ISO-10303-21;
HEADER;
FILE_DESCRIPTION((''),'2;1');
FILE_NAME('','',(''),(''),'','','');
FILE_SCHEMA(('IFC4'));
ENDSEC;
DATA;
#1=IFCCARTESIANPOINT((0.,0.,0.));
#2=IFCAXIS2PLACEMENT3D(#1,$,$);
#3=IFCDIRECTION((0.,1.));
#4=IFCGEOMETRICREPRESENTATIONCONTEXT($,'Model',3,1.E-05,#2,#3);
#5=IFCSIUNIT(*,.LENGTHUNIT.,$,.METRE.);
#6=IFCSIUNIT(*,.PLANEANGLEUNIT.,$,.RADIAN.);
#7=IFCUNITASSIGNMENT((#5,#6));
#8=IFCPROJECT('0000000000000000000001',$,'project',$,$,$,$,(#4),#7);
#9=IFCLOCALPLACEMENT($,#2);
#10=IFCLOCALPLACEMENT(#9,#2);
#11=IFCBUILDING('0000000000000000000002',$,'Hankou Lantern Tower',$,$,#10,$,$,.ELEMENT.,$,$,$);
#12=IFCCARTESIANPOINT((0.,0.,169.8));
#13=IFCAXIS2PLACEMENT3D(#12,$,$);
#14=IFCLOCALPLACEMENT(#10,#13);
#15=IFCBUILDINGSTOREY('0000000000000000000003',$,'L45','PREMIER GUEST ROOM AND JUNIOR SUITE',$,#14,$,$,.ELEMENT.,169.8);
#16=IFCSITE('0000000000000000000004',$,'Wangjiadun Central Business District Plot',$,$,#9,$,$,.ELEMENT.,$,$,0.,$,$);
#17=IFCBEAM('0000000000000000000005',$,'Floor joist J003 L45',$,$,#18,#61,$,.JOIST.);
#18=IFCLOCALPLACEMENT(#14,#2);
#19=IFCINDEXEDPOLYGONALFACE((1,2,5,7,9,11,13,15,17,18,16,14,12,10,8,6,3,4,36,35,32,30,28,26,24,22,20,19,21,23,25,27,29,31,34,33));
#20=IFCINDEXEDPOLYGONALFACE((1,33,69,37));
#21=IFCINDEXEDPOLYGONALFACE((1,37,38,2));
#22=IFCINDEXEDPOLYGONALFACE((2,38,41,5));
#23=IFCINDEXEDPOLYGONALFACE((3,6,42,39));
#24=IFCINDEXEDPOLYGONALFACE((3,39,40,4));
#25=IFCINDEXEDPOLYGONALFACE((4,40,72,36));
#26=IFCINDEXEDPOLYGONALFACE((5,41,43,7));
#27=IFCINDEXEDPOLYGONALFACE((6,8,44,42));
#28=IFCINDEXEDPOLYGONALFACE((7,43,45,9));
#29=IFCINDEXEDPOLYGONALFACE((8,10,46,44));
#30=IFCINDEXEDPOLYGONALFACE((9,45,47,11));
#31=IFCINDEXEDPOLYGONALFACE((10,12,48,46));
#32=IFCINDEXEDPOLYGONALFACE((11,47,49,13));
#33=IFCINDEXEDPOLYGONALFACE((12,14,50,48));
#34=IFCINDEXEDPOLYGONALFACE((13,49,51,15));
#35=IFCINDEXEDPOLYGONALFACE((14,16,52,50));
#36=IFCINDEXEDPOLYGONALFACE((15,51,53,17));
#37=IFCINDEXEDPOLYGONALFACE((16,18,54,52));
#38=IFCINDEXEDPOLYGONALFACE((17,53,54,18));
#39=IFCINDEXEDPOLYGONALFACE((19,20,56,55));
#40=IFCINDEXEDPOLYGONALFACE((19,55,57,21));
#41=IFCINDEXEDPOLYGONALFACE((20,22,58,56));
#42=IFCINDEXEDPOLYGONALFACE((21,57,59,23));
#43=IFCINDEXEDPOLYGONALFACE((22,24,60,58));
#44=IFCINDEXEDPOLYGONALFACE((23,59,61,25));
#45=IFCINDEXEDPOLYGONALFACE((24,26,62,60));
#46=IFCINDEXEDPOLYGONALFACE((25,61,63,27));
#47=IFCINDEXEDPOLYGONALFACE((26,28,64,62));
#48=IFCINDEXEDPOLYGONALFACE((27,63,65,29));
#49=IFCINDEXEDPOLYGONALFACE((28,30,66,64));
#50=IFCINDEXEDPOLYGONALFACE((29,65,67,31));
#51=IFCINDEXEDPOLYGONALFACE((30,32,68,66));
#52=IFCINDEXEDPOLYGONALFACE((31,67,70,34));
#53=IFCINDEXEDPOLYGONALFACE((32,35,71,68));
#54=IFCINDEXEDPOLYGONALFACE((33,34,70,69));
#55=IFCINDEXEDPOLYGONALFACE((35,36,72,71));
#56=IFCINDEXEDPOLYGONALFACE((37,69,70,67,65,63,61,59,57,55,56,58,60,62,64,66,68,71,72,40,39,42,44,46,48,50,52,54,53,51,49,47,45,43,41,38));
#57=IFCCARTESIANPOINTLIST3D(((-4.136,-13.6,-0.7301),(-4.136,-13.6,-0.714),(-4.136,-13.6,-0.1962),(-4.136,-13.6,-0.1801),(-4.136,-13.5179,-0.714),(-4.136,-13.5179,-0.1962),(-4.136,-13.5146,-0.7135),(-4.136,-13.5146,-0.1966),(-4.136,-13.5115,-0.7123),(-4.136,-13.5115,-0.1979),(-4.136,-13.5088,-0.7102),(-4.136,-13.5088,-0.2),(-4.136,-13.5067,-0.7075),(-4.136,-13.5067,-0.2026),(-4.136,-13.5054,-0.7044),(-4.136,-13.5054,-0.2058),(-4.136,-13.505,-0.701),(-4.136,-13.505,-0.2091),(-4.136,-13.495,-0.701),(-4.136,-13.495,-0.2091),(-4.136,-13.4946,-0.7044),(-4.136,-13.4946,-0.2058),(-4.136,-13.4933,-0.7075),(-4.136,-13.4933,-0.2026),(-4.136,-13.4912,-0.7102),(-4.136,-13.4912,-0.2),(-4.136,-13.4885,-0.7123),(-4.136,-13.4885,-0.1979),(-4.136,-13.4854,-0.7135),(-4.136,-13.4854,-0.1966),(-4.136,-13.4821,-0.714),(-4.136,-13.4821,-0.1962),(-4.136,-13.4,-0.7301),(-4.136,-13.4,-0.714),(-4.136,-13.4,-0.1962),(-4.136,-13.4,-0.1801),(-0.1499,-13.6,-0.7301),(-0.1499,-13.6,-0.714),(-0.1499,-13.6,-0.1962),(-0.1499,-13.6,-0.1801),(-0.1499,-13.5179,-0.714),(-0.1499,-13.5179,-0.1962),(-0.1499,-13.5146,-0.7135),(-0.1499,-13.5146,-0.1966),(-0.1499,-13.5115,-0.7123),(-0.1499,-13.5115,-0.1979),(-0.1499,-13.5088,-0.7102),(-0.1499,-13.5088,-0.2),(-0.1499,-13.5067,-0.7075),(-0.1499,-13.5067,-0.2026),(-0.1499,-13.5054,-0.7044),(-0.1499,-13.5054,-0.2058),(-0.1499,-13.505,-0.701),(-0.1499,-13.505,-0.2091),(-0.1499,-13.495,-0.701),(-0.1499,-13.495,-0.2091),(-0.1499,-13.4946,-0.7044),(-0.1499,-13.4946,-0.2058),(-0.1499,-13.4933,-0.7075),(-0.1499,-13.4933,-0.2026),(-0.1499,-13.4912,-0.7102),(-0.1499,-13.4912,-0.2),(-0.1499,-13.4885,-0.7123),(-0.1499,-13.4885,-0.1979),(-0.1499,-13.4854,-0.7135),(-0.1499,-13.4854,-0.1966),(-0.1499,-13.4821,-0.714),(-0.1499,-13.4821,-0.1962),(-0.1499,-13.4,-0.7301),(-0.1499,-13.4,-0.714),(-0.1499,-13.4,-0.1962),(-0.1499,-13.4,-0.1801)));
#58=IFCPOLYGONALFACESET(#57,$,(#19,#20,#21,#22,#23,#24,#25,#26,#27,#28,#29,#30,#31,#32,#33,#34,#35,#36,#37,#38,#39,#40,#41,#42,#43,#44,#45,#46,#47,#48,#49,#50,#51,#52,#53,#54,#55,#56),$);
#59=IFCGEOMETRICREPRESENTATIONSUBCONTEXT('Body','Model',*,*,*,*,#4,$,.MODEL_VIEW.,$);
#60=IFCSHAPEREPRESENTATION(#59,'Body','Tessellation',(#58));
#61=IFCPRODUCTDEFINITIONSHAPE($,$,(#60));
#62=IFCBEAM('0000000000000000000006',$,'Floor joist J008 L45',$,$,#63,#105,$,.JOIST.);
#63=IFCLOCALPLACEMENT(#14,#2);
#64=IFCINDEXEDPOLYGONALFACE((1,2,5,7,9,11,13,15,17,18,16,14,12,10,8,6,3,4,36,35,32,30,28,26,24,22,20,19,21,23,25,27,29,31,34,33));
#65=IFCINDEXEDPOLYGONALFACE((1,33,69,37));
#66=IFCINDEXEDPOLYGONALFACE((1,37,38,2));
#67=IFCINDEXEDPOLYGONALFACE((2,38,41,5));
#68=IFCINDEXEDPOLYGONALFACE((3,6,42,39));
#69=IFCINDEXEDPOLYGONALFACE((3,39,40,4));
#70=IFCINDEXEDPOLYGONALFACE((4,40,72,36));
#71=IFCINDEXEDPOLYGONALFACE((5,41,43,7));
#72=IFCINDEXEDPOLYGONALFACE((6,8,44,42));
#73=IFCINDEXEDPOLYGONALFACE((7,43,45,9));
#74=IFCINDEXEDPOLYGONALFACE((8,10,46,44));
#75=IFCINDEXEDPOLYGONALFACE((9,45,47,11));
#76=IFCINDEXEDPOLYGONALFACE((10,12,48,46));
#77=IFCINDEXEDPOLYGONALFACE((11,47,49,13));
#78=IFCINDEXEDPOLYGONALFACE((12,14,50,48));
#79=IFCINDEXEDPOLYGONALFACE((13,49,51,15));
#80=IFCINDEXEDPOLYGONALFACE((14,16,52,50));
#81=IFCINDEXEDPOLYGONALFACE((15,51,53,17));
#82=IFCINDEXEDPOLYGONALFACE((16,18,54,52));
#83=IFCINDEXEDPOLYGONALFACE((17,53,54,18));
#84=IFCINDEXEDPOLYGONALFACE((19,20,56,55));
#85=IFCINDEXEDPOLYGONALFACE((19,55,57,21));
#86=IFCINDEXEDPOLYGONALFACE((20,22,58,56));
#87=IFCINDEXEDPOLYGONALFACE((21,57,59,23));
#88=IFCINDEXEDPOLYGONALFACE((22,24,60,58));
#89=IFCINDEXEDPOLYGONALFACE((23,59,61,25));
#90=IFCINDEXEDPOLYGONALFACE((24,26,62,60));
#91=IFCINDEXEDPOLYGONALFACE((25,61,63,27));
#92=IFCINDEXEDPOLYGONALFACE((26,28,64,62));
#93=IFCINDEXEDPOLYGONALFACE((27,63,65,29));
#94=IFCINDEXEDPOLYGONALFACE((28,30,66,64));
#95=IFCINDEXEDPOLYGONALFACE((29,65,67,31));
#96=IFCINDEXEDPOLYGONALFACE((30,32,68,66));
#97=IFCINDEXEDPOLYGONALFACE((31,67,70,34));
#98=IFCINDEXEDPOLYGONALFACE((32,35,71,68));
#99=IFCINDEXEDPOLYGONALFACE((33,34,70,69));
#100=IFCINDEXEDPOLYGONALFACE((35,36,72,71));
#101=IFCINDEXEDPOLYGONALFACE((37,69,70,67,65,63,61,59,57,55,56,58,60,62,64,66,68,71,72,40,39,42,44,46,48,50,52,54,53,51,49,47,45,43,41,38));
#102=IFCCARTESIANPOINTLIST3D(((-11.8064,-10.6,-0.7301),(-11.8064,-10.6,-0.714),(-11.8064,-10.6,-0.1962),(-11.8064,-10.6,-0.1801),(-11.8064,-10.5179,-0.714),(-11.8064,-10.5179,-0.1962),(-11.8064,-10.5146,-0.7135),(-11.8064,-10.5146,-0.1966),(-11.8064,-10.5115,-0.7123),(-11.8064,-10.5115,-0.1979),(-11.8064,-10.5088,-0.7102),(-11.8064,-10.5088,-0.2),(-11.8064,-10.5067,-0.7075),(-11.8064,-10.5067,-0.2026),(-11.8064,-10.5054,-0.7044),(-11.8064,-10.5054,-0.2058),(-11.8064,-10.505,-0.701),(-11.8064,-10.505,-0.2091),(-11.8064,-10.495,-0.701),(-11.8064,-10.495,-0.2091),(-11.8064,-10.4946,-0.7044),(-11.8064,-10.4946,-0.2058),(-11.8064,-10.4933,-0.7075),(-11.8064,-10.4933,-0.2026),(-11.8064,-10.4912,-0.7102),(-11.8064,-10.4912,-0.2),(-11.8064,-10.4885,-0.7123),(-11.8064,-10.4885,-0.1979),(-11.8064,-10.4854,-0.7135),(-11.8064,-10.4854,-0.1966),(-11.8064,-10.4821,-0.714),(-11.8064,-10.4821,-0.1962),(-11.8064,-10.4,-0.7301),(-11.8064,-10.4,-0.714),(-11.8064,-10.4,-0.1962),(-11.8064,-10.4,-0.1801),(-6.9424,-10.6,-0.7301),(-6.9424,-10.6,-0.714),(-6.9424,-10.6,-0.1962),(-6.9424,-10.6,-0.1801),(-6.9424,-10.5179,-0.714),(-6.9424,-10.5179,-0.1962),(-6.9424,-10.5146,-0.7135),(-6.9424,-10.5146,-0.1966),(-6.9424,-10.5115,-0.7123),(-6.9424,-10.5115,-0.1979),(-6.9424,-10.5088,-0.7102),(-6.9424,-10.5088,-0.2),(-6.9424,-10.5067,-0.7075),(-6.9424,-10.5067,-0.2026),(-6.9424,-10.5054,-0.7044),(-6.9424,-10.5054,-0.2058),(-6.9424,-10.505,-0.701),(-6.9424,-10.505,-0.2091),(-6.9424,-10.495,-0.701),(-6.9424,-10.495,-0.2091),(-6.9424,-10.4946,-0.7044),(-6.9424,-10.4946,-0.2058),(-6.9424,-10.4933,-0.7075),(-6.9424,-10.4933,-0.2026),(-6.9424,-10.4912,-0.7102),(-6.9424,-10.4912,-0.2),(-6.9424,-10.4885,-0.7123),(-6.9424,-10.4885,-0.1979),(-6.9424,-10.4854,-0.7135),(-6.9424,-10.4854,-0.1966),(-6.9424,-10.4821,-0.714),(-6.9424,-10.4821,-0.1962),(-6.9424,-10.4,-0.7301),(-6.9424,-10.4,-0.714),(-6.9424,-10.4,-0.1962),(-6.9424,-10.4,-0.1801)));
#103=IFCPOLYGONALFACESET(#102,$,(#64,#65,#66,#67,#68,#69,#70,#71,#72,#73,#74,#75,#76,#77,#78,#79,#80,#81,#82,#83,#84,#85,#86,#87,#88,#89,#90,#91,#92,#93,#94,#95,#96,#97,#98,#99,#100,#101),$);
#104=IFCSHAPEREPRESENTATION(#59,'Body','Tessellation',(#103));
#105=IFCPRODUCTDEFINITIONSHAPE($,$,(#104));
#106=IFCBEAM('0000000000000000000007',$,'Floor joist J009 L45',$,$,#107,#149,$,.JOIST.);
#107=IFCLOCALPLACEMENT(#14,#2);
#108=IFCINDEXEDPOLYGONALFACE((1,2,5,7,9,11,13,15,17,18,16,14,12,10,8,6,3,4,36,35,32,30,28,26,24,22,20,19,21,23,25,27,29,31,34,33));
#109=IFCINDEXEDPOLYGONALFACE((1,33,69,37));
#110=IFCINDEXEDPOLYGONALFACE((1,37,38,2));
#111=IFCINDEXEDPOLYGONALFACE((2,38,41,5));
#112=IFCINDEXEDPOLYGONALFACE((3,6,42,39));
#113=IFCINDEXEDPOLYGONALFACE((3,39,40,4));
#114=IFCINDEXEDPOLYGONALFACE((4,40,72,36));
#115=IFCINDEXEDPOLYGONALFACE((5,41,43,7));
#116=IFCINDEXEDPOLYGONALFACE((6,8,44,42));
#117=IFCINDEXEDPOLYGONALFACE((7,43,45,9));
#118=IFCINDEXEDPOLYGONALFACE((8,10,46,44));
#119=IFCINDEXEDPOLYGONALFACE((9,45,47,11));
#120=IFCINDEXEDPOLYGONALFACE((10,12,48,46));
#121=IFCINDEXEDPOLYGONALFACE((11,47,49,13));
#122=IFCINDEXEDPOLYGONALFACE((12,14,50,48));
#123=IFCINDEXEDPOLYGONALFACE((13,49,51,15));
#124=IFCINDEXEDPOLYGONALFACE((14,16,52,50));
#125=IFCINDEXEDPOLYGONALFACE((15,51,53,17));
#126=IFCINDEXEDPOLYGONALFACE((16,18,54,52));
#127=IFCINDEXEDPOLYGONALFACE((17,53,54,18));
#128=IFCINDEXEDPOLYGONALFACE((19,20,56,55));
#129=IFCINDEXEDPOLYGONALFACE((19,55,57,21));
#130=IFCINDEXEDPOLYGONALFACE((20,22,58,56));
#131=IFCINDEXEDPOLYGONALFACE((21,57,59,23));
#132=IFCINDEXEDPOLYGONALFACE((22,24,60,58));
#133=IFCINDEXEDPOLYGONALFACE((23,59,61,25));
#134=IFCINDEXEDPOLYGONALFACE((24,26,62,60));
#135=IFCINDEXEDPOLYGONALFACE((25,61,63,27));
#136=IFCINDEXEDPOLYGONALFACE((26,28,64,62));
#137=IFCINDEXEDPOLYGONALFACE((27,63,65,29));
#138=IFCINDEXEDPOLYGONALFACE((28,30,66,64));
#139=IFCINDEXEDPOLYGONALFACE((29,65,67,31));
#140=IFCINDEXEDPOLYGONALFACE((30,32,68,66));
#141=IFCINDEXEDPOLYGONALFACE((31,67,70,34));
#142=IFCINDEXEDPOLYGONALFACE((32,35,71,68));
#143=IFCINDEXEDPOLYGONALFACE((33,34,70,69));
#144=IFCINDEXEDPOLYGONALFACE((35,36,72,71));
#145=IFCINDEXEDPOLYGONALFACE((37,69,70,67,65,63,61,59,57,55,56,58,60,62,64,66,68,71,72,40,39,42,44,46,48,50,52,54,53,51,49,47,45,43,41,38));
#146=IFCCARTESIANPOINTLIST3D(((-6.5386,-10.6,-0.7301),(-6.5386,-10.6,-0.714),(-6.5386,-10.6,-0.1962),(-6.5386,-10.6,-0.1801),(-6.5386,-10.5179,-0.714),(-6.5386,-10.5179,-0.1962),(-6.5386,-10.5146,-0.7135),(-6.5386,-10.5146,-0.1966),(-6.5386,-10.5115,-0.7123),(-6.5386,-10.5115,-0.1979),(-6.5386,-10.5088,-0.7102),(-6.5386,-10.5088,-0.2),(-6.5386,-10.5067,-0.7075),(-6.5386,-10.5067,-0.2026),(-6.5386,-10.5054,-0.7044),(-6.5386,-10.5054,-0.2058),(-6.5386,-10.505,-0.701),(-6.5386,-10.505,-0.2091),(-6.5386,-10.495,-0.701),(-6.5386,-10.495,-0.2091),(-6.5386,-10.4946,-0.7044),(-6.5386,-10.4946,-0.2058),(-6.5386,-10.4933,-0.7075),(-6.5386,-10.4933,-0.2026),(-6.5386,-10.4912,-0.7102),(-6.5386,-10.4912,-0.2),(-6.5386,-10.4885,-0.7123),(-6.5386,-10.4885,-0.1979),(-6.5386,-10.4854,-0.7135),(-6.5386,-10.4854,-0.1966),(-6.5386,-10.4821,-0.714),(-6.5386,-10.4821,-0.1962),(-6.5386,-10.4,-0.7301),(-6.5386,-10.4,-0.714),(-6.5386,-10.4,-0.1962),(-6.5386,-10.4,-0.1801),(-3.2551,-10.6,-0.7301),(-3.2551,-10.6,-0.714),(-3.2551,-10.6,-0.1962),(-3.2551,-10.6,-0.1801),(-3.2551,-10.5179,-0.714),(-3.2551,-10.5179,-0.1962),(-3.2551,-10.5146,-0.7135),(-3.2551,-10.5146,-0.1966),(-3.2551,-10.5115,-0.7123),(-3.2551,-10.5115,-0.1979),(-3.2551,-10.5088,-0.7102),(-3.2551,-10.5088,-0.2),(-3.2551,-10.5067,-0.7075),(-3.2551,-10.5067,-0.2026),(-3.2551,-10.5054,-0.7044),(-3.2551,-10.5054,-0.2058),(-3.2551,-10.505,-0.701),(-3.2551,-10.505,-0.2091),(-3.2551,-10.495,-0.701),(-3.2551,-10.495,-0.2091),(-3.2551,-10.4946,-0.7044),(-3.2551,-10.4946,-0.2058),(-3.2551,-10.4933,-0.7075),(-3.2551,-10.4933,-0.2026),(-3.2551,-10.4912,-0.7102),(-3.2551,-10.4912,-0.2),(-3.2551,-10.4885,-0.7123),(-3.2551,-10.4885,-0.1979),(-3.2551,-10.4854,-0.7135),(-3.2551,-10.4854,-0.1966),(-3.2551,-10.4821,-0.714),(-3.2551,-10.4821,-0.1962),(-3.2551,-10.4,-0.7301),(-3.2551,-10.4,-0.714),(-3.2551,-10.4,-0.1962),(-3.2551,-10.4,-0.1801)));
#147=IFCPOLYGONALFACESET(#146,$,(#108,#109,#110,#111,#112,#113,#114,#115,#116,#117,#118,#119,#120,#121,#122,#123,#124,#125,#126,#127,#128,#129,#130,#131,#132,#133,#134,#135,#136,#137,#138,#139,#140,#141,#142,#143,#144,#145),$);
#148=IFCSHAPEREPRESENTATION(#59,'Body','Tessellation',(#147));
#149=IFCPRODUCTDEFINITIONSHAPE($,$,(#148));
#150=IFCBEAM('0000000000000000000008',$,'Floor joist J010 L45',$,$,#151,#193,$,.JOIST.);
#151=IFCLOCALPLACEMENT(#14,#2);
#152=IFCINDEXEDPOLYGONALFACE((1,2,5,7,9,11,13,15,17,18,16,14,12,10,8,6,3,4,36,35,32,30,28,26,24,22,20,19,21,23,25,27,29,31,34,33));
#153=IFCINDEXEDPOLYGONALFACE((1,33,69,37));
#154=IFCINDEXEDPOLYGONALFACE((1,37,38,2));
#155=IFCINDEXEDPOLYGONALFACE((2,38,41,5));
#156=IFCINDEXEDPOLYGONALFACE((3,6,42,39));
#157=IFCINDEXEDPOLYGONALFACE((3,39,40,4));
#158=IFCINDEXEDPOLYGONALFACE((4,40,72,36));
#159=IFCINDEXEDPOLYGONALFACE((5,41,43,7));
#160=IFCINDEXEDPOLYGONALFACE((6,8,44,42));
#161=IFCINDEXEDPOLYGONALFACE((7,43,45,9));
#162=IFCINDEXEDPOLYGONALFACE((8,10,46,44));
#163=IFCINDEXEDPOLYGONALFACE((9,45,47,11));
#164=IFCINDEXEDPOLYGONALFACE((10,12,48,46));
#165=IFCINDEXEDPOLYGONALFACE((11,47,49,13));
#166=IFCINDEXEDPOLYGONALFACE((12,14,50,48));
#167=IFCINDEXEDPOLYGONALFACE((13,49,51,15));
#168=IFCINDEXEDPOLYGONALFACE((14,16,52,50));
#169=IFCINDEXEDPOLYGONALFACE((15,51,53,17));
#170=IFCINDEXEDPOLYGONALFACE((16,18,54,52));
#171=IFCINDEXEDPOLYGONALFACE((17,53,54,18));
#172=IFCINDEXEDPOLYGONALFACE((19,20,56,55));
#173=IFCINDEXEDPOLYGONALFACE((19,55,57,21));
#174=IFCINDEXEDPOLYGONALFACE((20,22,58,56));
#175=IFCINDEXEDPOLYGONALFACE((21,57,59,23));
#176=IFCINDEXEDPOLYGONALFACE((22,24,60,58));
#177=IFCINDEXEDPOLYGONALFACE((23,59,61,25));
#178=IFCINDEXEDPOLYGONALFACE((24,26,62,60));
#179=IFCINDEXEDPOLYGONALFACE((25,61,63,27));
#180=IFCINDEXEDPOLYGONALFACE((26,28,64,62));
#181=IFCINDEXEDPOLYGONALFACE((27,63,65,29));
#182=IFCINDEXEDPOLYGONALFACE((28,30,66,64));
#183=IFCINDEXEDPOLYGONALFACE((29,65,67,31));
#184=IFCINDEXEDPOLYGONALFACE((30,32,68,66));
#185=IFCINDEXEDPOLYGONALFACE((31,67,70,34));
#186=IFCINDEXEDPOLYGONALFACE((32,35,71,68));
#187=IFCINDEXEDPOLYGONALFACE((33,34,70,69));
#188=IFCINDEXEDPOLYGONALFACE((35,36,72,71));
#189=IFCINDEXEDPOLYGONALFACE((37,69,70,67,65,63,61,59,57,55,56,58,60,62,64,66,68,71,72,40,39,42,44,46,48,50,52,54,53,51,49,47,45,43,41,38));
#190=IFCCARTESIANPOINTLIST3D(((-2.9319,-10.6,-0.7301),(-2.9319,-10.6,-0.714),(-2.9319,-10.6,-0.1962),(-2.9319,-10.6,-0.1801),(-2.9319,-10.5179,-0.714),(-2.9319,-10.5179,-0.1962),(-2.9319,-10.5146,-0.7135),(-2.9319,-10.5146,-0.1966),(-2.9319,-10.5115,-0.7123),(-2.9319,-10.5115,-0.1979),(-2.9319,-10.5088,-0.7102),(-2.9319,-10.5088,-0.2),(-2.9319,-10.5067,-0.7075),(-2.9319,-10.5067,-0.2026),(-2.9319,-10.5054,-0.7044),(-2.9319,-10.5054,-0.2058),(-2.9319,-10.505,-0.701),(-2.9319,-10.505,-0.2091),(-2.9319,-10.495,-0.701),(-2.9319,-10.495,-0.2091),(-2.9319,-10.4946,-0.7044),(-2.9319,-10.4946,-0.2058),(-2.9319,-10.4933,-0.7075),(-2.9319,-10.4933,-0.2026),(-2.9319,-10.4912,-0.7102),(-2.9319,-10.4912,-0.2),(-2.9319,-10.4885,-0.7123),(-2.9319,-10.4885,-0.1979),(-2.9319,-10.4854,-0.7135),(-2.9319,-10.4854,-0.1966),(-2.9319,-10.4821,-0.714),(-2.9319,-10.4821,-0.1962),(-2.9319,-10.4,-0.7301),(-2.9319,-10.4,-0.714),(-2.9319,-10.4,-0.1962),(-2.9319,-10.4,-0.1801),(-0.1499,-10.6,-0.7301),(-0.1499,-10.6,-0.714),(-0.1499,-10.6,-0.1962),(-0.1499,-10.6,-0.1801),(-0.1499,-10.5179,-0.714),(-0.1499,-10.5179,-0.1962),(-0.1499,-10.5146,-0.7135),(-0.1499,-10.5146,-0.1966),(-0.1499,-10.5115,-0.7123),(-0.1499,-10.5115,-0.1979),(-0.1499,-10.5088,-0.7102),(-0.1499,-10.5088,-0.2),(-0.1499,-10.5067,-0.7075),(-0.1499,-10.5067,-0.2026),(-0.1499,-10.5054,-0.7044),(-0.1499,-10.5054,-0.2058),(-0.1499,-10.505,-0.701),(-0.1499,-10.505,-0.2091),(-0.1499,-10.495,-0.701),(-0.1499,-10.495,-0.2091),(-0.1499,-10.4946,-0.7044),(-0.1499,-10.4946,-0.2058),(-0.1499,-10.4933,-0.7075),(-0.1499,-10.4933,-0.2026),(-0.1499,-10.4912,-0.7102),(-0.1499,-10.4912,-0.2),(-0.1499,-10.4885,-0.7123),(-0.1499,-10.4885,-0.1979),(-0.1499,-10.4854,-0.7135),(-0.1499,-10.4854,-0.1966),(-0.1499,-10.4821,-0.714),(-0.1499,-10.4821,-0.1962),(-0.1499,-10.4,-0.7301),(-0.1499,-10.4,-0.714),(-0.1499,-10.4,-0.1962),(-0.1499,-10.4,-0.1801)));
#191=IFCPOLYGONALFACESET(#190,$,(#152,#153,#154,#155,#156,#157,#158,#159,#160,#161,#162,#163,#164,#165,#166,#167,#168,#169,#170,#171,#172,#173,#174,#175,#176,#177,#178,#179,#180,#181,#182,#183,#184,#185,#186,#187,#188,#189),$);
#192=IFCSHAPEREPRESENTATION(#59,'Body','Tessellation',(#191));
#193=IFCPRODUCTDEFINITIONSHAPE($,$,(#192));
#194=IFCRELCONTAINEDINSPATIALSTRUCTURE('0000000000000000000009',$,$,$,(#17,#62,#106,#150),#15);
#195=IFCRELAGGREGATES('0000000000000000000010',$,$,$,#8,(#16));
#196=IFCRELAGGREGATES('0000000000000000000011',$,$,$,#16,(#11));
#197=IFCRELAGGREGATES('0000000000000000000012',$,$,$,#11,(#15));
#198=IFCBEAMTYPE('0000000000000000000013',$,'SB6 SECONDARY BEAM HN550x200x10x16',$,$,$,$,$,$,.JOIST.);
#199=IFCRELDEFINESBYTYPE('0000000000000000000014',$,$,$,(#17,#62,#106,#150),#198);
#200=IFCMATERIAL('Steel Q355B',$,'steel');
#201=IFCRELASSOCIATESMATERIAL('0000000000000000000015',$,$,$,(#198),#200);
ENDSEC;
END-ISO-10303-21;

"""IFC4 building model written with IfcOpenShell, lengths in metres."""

from ifc_helpers import new_model, si_unit, direction, frame, origin, origin_2d, place, context, subcontext, project, spatial, i_section, extrude, material, material_profile, profile_set, type_object, element, save


model = new_model("IFC4")

# Units and contexts
model_context = context("Model", 3, precision=1e-05, world=origin(), true_north=direction((0.0, 1.0)))
body_context = subcontext(model_context, "Body", "Model", "MODEL_VIEW")
ifc_project = project(units=[si_unit("LENGTHUNIT", "METRE"), si_unit("PLANEANGLEUNIT", "RADIAN")], contexts=[model_context])

# Site, building, storey
site_placement = place(None, origin())
site = spatial("IfcSite", under=ifc_project, at=site_placement, Name="Wangjiadun Central Business District Plot", CompositionType="ELEMENT", RefElevation=0.0)
building_placement = place(site_placement, origin())
building = spatial("IfcBuilding", under=site, at=building_placement, Name="Hankou Lantern Tower", CompositionType="ELEMENT")
storey_placement = place(building_placement, frame((0.0, 0.0, 169.8)))
storey = spatial("IfcBuildingStorey", under=building, at=storey_placement, Name="L45", Description="PREMIER GUEST ROOM AND JUNIOR SUITE", CompositionType="ELEMENT", Elevation=169.8)

# Beams
ifc_material_1 = material(Name="Steel Q355B", Category="steel")
ifc_material_profile_1 = material_profile(ifc_material_1, i_section(OverallWidth=0.2, OverallDepth=0.55, WebThickness=0.01, FlangeThickness=0.0161, FilletRadius=0.0129, at=origin_2d()), Name="HN550x200x10x16")
ifc_profile_set_1 = profile_set([ifc_material_profile_1], Name="Steel Q355B")
beam_type_1 = type_object("IfcBeamType", Name="SB6 SECONDARY BEAM HN550x200x10x16", PredefinedType="JOIST", material=ifc_profile_set_1)
beam_1_placement = place(storey_placement, frame((-4.136, -13.5, -0.4551), z_axis=(1.0, 0.0, 0.0), x_axis=(0.0, 1.0, 0.0)))
element("IfcBeam", 1, at=beam_1_placement, inside=storey, type_object=beam_type_1, Name="Floor joist J003 L45", PredefinedType="JOIST", context=body_context, shape_type="SweptSolid", body=[
    extrude(i_section(OverallWidth=0.2, OverallDepth=0.55, WebThickness=0.01, FlangeThickness=0.0161, FilletRadius=0.0129, at=origin_2d()), origin(), (0.0, 0.0, 1.0), 3.9861),
])
beam_2_placement = place(storey_placement, frame((-11.8064, -10.5, -0.4551), z_axis=(1.0, 0.0, 0.0), x_axis=(0.0, 1.0, 0.0)))
element("IfcBeam", 2, at=beam_2_placement, inside=storey, type_object=beam_type_1, Name="Floor joist J008 L45", PredefinedType="JOIST", context=body_context, shape_type="SweptSolid", body=[
    extrude(i_section(OverallWidth=0.2, OverallDepth=0.55, WebThickness=0.01, FlangeThickness=0.0161, FilletRadius=0.0129, at=origin_2d()), origin(), (0.0, 0.0, 1.0), 4.864),
])
beam_3_placement = place(storey_placement, frame((-6.5386, -10.5, -0.4551), z_axis=(1.0, 0.0, 0.0), x_axis=(0.0, 1.0, 0.0)))
element("IfcBeam", 3, at=beam_3_placement, inside=storey, type_object=beam_type_1, Name="Floor joist J009 L45", PredefinedType="JOIST", context=body_context, shape_type="SweptSolid", body=[
    extrude(i_section(OverallWidth=0.2, OverallDepth=0.55, WebThickness=0.01, FlangeThickness=0.0161, FilletRadius=0.0129, at=origin_2d()), origin(), (0.0, 0.0, 1.0), 3.2834),
])
beam_4_placement = place(storey_placement, frame((-2.9319, -10.5, -0.4551), z_axis=(1.0, 0.0, 0.0), x_axis=(0.0, 1.0, 0.0)))
element("IfcBeam", 4, at=beam_4_placement, inside=storey, type_object=beam_type_1, Name="Floor joist J010 L45", PredefinedType="JOIST", context=body_context, shape_type="SweptSolid", body=[
    extrude(i_section(OverallWidth=0.2, OverallDepth=0.55, WebThickness=0.01, FlangeThickness=0.0161, FilletRadius=0.0129, at=origin_2d()), origin(), (0.0, 0.0, 1.0), 2.782),
])

save(model, "model.ifc")
